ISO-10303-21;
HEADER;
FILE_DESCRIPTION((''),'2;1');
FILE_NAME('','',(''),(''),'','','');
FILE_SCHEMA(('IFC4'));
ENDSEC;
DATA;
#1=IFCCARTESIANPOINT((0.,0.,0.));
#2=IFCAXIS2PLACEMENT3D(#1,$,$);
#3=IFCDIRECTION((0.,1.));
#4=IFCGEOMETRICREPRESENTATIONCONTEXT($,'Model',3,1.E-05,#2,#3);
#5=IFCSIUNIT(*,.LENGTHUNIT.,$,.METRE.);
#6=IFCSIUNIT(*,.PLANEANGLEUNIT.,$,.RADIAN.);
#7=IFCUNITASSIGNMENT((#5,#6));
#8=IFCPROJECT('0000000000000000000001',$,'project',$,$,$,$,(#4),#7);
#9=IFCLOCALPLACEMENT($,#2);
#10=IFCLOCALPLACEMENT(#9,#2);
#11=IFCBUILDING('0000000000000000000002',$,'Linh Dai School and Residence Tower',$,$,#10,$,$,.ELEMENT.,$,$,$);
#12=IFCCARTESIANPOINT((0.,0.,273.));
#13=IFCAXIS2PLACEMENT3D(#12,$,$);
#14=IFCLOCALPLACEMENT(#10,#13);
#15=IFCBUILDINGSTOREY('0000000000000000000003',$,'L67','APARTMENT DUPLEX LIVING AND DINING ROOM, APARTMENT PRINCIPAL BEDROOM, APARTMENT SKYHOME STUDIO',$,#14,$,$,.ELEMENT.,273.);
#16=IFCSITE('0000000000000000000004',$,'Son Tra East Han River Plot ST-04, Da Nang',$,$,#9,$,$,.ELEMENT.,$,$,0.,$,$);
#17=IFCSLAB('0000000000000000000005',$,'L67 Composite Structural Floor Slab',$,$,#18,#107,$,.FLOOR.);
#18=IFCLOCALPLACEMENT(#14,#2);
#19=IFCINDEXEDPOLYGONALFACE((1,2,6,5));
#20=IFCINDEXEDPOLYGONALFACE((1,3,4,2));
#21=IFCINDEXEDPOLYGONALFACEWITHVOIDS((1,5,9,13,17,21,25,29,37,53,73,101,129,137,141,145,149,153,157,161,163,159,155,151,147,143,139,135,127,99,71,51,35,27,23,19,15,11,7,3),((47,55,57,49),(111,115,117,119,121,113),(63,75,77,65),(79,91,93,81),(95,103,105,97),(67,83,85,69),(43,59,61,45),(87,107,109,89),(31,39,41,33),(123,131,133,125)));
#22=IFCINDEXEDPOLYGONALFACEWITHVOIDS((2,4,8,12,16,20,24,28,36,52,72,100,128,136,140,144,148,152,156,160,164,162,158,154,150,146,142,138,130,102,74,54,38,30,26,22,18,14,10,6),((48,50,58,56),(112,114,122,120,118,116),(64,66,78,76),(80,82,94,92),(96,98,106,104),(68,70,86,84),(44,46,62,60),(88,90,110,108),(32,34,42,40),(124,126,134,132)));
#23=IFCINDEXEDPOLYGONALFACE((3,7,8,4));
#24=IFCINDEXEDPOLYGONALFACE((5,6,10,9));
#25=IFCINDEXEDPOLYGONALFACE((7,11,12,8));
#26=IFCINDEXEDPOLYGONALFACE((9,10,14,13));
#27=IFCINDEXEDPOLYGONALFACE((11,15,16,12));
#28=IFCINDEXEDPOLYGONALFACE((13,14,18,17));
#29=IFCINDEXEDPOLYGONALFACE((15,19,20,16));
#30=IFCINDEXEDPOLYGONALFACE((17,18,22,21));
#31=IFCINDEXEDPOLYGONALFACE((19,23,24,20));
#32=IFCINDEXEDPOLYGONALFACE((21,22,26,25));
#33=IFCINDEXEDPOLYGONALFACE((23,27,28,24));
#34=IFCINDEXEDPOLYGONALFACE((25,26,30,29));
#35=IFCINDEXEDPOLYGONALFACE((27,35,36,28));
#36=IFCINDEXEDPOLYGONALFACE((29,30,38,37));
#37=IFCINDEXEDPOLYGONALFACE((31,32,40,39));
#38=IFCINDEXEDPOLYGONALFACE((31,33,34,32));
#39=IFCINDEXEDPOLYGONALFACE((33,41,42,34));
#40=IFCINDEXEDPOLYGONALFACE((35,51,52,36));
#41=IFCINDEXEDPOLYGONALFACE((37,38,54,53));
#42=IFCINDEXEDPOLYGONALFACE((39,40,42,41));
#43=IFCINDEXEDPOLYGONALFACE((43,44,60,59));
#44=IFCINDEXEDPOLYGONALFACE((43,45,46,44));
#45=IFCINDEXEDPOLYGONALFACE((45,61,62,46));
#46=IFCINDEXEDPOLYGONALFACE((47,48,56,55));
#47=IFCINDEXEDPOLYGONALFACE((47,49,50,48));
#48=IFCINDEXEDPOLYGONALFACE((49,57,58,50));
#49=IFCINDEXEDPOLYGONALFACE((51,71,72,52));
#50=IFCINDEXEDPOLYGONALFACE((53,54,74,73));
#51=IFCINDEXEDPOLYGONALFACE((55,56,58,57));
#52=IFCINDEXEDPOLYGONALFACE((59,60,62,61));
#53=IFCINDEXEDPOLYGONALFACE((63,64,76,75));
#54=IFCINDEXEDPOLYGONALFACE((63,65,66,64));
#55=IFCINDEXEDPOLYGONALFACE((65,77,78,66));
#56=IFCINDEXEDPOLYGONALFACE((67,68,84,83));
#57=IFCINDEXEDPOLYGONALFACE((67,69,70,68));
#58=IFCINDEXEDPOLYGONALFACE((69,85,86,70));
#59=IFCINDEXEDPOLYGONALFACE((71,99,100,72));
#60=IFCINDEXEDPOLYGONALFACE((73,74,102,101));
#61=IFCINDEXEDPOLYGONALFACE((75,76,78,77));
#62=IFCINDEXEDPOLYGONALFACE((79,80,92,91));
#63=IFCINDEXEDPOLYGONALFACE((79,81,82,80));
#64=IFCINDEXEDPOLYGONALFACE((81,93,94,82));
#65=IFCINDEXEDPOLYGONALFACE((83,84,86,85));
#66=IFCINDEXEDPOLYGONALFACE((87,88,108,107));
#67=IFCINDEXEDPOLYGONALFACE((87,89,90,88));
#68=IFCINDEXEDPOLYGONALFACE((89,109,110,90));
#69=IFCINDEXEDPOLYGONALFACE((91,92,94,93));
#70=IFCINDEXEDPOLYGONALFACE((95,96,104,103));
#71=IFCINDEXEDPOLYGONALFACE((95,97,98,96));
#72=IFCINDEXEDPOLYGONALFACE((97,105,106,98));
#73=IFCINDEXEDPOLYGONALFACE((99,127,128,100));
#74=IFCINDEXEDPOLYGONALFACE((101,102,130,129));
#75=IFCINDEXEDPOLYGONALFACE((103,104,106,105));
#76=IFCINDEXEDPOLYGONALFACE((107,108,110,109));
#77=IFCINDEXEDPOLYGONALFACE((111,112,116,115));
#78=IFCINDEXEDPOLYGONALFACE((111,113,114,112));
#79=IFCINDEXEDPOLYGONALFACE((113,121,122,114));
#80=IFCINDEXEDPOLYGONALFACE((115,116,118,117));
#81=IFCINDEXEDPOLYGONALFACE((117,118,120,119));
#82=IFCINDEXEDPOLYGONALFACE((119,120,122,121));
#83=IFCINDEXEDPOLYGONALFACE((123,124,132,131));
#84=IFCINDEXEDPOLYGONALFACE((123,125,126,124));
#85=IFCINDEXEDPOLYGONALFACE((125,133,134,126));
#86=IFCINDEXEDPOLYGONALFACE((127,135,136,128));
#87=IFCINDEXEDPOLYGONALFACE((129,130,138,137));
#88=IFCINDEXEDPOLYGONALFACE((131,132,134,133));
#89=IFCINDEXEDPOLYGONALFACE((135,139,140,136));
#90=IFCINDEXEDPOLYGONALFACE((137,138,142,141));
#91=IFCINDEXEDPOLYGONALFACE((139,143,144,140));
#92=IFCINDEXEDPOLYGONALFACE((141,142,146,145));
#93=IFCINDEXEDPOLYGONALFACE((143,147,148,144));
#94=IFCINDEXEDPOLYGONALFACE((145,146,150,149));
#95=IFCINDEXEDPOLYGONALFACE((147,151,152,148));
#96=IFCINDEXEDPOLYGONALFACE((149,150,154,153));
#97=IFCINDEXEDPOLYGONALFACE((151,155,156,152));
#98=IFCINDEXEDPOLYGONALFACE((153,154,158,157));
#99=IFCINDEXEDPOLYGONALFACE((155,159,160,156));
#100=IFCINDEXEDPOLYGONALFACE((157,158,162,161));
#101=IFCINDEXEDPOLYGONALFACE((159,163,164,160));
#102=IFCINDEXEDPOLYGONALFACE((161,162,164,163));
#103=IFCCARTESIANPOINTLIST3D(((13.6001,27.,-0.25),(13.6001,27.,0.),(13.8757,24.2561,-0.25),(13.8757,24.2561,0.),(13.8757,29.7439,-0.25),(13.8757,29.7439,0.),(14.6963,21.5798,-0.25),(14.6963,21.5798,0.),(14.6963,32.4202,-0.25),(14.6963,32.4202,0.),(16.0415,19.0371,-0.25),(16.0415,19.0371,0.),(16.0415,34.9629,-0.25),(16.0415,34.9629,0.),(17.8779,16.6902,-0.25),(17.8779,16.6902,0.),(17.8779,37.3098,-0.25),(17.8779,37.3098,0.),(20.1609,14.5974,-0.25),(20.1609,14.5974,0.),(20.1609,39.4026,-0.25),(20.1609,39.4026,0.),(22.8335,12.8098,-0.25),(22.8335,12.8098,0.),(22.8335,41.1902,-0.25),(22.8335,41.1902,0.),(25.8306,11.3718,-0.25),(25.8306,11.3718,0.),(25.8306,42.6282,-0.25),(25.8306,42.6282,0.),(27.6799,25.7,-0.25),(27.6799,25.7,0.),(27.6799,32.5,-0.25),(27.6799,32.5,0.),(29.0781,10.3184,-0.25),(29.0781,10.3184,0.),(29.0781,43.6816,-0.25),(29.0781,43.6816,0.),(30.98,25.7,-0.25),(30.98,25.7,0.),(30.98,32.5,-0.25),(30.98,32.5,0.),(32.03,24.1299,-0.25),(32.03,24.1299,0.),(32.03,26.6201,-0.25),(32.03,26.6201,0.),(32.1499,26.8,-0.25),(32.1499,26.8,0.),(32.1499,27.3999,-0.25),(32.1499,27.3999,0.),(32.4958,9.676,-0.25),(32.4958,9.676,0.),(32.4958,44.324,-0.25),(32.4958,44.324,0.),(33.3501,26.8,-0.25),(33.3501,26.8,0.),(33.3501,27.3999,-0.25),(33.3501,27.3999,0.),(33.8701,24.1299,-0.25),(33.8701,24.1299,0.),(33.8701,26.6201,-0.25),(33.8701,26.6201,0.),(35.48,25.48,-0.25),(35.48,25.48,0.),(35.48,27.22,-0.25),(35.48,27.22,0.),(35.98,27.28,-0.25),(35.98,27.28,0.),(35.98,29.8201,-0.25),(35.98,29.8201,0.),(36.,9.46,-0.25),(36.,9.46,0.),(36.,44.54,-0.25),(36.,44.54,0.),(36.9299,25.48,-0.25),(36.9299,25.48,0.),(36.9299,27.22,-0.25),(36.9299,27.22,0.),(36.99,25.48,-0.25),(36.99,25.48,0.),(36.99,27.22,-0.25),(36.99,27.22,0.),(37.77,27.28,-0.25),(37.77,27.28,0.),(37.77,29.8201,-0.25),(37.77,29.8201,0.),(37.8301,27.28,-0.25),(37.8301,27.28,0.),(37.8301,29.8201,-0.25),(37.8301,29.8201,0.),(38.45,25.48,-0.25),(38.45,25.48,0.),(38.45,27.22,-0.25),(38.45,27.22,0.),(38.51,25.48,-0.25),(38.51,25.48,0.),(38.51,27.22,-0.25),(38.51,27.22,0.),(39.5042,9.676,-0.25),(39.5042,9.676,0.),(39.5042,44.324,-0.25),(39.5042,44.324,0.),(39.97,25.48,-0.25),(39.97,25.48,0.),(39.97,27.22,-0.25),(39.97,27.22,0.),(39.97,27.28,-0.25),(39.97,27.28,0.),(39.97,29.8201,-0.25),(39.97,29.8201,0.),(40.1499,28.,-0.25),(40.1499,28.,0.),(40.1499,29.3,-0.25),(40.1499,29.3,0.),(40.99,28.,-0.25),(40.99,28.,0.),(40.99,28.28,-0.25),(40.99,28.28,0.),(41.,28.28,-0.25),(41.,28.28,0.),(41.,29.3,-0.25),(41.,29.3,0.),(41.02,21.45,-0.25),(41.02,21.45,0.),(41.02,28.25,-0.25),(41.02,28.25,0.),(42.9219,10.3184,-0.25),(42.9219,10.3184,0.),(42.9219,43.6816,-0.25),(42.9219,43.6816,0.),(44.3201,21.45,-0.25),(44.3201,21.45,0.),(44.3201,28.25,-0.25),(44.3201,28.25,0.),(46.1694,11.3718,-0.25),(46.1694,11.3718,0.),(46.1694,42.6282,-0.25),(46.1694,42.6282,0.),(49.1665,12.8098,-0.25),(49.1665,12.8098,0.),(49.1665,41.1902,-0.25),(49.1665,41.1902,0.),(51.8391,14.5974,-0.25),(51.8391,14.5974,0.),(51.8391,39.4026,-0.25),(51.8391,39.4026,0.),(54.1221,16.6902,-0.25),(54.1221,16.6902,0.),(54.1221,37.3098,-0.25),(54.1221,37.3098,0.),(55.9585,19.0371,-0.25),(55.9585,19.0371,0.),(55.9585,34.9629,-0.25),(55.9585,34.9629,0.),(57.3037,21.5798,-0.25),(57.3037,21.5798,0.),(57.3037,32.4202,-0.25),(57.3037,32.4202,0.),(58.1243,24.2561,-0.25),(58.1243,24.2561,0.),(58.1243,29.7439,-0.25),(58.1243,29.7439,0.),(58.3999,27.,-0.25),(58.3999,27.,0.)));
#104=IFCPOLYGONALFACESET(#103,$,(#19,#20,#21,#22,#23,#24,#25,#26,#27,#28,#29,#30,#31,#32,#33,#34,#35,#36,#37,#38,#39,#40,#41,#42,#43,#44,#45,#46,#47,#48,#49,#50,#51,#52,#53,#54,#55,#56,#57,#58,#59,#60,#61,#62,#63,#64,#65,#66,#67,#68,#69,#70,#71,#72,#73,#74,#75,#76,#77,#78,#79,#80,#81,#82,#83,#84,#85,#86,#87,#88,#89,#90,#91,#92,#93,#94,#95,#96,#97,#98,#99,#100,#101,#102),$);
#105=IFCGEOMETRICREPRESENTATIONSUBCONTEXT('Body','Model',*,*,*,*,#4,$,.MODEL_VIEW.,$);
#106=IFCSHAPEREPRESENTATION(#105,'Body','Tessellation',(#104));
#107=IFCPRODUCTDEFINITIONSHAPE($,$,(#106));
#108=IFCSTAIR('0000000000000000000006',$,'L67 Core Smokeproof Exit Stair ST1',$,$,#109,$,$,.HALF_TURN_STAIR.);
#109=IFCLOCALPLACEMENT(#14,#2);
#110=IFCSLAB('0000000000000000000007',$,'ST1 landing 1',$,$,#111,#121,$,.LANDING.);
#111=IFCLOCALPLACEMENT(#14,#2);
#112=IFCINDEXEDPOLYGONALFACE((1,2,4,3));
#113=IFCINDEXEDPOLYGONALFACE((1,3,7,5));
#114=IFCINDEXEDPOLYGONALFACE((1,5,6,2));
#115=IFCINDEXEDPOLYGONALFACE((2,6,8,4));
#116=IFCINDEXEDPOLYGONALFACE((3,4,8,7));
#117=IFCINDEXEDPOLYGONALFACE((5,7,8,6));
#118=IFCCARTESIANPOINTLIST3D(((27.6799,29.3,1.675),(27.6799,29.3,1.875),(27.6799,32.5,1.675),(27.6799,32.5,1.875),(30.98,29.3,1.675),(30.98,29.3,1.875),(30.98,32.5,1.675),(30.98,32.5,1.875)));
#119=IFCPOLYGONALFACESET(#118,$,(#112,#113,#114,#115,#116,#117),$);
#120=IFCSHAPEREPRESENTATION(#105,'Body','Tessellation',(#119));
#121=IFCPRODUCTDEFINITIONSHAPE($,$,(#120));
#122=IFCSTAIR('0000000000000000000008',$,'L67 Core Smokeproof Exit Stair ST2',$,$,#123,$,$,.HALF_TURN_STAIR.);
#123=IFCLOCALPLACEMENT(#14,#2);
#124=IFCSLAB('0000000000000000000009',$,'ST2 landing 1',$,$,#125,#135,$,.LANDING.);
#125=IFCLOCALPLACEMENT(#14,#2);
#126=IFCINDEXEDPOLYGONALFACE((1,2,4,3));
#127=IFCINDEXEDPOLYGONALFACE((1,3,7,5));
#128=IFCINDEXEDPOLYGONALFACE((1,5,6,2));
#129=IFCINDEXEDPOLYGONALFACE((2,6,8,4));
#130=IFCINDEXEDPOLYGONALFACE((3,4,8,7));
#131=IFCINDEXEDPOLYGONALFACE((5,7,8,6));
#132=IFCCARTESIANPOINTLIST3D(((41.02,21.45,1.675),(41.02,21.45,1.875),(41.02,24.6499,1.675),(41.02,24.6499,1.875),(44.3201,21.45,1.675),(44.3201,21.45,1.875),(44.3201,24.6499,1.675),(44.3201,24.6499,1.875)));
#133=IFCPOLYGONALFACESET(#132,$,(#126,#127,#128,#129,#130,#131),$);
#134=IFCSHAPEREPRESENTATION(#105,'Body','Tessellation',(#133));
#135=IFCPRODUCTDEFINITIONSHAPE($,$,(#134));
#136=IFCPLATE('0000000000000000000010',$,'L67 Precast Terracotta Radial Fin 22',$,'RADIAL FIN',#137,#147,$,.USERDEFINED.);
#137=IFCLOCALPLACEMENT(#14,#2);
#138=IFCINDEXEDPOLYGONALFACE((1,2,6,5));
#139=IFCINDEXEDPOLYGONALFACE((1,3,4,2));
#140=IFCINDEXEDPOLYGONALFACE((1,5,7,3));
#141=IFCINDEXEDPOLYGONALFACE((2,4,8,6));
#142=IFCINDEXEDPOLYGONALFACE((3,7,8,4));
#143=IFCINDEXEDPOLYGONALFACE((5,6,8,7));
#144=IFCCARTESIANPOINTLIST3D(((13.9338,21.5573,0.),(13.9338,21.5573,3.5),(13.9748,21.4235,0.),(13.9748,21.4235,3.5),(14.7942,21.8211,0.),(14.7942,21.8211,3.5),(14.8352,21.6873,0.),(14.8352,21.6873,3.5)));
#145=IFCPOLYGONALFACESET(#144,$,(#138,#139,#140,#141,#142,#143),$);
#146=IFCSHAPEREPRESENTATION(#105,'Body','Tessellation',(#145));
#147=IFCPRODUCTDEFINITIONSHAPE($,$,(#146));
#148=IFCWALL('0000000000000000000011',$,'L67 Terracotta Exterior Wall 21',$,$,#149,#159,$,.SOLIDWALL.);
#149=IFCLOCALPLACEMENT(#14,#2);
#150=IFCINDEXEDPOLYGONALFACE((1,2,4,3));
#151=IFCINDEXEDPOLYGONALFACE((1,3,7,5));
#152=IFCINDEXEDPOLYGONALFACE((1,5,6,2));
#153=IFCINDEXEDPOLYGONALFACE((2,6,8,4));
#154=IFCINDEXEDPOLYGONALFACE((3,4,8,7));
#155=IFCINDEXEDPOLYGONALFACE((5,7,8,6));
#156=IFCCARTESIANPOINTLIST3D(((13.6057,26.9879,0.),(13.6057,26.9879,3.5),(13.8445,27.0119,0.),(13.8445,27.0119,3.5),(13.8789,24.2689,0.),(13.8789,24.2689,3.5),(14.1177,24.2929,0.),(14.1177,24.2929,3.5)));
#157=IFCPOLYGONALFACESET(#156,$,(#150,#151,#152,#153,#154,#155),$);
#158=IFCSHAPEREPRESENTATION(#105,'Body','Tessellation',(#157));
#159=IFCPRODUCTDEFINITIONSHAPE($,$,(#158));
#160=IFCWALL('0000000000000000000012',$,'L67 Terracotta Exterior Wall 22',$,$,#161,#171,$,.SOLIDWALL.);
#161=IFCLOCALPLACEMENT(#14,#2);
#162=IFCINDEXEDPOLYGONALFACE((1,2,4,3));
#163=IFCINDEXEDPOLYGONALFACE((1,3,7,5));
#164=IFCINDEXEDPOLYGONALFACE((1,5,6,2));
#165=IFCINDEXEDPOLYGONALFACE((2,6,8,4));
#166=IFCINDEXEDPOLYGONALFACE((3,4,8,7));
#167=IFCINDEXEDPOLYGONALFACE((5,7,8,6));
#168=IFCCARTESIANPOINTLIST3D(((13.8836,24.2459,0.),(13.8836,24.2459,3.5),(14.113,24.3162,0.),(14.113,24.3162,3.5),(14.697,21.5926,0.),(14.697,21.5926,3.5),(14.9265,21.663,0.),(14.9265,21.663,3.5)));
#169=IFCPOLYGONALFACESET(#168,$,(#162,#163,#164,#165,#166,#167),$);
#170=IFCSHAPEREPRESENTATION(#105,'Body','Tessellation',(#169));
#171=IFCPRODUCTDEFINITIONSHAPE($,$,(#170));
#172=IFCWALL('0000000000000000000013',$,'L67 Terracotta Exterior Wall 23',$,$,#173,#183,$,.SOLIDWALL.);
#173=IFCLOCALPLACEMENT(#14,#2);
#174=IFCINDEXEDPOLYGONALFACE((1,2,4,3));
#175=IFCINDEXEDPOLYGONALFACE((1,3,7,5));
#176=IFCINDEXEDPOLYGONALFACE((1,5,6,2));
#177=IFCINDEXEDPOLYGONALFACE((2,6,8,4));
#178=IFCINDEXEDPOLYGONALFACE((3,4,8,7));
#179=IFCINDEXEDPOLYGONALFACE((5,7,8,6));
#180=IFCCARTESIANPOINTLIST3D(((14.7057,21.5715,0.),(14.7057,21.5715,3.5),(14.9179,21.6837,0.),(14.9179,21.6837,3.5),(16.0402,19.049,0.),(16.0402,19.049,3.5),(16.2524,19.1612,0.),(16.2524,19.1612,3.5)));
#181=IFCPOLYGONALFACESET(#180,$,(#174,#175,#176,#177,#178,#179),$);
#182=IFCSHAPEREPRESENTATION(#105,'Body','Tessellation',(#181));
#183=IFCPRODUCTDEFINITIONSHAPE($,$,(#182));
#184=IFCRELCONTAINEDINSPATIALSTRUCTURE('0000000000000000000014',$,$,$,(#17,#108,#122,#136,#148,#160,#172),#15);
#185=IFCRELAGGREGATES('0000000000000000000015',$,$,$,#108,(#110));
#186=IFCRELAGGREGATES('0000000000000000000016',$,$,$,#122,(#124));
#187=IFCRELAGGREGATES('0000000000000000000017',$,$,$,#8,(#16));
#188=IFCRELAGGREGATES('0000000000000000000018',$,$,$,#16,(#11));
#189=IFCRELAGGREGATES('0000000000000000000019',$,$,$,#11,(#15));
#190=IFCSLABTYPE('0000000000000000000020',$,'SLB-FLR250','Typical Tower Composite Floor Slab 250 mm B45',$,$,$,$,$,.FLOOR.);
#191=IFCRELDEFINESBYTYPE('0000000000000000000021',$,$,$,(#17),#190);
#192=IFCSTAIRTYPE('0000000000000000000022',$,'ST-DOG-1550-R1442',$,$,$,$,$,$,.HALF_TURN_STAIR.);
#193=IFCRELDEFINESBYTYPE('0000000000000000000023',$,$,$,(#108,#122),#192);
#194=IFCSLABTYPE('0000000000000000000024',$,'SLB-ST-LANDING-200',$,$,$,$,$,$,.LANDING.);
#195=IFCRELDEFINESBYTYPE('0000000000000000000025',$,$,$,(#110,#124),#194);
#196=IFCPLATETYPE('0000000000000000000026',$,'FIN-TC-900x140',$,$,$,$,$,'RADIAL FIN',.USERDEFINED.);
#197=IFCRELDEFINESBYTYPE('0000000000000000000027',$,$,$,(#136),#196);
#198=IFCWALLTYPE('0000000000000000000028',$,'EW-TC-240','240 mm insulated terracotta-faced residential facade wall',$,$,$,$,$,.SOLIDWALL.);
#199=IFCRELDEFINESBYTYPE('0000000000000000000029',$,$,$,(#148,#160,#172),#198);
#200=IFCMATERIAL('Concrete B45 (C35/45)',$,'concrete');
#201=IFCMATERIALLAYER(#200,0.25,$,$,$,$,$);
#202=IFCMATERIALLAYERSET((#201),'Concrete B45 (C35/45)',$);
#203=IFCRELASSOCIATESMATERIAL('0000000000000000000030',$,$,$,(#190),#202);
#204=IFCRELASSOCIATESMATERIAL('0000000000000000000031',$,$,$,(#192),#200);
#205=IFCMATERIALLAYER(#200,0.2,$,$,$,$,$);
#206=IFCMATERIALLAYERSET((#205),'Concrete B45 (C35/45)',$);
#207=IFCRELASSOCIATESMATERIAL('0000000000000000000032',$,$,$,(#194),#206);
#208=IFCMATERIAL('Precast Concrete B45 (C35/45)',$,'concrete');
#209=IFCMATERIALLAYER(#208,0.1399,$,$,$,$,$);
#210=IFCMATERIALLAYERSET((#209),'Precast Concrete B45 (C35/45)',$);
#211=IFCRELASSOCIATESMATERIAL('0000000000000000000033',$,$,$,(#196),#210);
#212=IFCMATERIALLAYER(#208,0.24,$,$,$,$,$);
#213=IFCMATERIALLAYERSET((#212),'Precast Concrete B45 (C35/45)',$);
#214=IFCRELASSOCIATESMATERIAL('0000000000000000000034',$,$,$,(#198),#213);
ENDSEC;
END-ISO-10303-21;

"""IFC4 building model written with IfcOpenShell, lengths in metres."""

from ifc_helpers import new_model, si_unit, direction, frame, frame_2d, origin, origin_2d, place, context, subcontext, project, spatial, polyline, rectangle, outline, extrude, source, transform, mapped, material, layer, layer_set, type_object, element, aggregate, save


model = new_model("IFC4")

# Units and contexts
model_context = context("Model", 3, precision=1e-05, world=origin(), true_north=direction((0.0, 1.0)))
body_context = subcontext(model_context, "Body", "Model", "MODEL_VIEW")
ifc_project = project(units=[si_unit("LENGTHUNIT", "METRE"), si_unit("PLANEANGLEUNIT", "RADIAN")], contexts=[model_context])

# Site, building, storey
site_placement = place(None, origin())
site = spatial("IfcSite", under=ifc_project, at=site_placement, Name="Son Tra East Han River Plot ST-04, Da Nang", CompositionType="ELEMENT", RefElevation=0.0)
building_placement = place(site_placement, origin())
building = spatial("IfcBuilding", under=site, at=building_placement, Name="Linh Dai School and Residence Tower", CompositionType="ELEMENT")
storey_placement = place(building_placement, frame((0.0, 0.0, 273.0)))
storey = spatial("IfcBuildingStorey", under=building, at=storey_placement, Name="L67", Description="APARTMENT DUPLEX LIVING AND DINING ROOM, APARTMENT PRINCIPAL BEDROOM, APARTMENT SKYHOME STUDIO", CompositionType="ELEMENT", Elevation=273.0)

# Slab
ifc_material_1 = material(Name="Concrete B45 (C35/45)", Category="concrete")
ifc_layer_1 = layer(ifc_material_1, 0.25)
ifc_layer_set_1 = layer_set([ifc_layer_1], Name="Concrete B45 (C35/45)")
slab_type_1 = type_object("IfcSlabType", Name="SLB-FLR250", Description="Typical Tower Composite Floor Slab 250 mm B45", PredefinedType="FLOOR", material=ifc_layer_set_1)
slab_1_placement = place(storey_placement, frame((0.0, 0.0, -0.25)))
element("IfcSlab", 1, at=slab_1_placement, inside=storey, type_object=slab_type_1, Name="L67 Composite Structural Floor Slab", PredefinedType="FLOOR", context=body_context, shape_type="SweptSolid", body=[
    extrude(outline(polyline([(58.3999, 27.0), (58.1243, 29.7439), (57.3037, 32.4202), (55.9585, 34.9629), (54.1221, 37.3098), (51.8391, 39.4026), (49.1665, 41.1902), (46.1694, 42.6282), (42.9219, 43.6816), (39.5042, 44.324), (36.0, 44.54), (32.4958, 44.324), (29.0781, 43.6816), (25.8306, 42.6282), (22.8335, 41.1902), (20.1609, 39.4026), (17.8779, 37.3098), (16.0415, 34.9629), (14.6963, 32.4202), (13.8757, 29.7439), (13.6001, 27.0), (13.8757, 24.2561), (14.6963, 21.5798), (16.0415, 19.0371), (17.8779, 16.6902), (20.1609, 14.5974), (22.8335, 12.8098), (25.8306, 11.3718), (29.0781, 10.3184), (32.4958, 9.676), (36.0, 9.46), (39.5042, 9.676), (42.9219, 10.3184), (46.1694, 11.3718), (49.1665, 12.8098), (51.8391, 14.5974), (54.1221, 16.6902), (55.9585, 19.0371), (57.3037, 21.5798), (58.1243, 24.2561), (58.3999, 27.0)]), holes=[polyline([(30.98, 25.7), (30.98, 32.5), (27.6799, 32.5), (27.6799, 25.7), (30.98, 25.7)]), polyline([(41.02, 28.25), (41.02, 21.45), (44.3201, 21.45), (44.3201, 28.25), (41.02, 28.25)]), polyline([(35.98, 27.28), (37.77, 27.28), (37.77, 29.8201), (35.98, 29.8201), (35.98, 27.28)]), polyline([(32.03, 24.1299), (33.8701, 24.1299), (33.8701, 26.6201), (32.03, 26.6201), (32.03, 24.1299)]), polyline([(37.8301, 27.28), (39.97, 27.28), (39.97, 29.8201), (37.8301, 29.8201), (37.8301, 27.28)]), polyline([(35.48, 25.48), (36.9299, 25.48), (36.9299, 27.22), (35.48, 27.22), (35.48, 25.48)]), polyline([(36.99, 25.48), (38.45, 25.48), (38.45, 27.22), (36.99, 27.22), (36.99, 25.48)]), polyline([(38.51, 25.48), (39.97, 25.48), (39.97, 27.22), (38.51, 27.22), (38.51, 25.48)]), polyline([(40.1499, 28.0), (40.1499, 29.3), (41.0, 29.3), (41.0, 28.28), (40.99, 28.28), (40.99, 28.0), (40.1499, 28.0)]), polyline([(32.1499, 26.8), (33.3501, 26.8), (33.3501, 27.3999), (32.1499, 27.3999), (32.1499, 26.8)])]), origin(), (0.0, 0.0, 1.0), 0.25),
])

# Stairs, slabs
stair_type = type_object("IfcStairType", Name="ST-DOG-1550-R1442", PredefinedType="HALF_TURN_STAIR", material=ifc_material_1)
stair_1_placement = place(storey_placement, origin())
stair_1 = element("IfcStair", 2, at=stair_1_placement, inside=storey, type_object=stair_type, Name="L67 Core Smokeproof Exit Stair ST1", PredefinedType="HALF_TURN_STAIR")
ifc_layer_2 = layer(ifc_material_1, 0.2)
ifc_layer_set_2 = layer_set([ifc_layer_2], Name="Concrete B45 (C35/45)")
slab_type_2 = type_object("IfcSlabType", Name="SLB-ST-LANDING-200", PredefinedType="LANDING", material=ifc_layer_set_2)
slab_2_placement = place(storey_placement, frame((0.0, 0.0, 1.675)))
slab_2 = element("IfcSlab", 3, at=slab_2_placement, type_object=slab_type_2, Name="ST1 landing 1", PredefinedType="LANDING", context=body_context, shape_type="SweptSolid", body=[
    extrude(outline(polyline([(30.98, 29.3), (30.98, 32.5), (27.6799, 32.5), (27.6799, 29.3), (30.98, 29.3)])), origin(), (0.0, 0.0, 1.0), 0.2),
])
aggregate(stair_1, [slab_2])
stair_2_placement = place(storey_placement, origin())
stair_2 = element("IfcStair", 4, at=stair_2_placement, inside=storey, type_object=stair_type, Name="L67 Core Smokeproof Exit Stair ST2", PredefinedType="HALF_TURN_STAIR")
slab_3_placement = place(storey_placement, frame((0.0, 0.0, 1.675)))
slab_3 = element("IfcSlab", 5, at=slab_3_placement, type_object=slab_type_2, Name="ST2 landing 1", PredefinedType="LANDING", context=body_context, shape_type="SweptSolid", body=[
    extrude(outline(polyline([(41.02, 24.6499), (41.02, 21.45), (44.3201, 21.45), (44.3201, 24.6499), (41.02, 24.6499)])), origin(), (0.0, 0.0, 1.0), 0.2),
])
aggregate(stair_2, [slab_3])

# Plate
ifc_material_2 = material(Name="Precast Concrete B45 (C35/45)", Category="concrete")
ifc_layer_3 = layer(ifc_material_2, 0.1399)
ifc_layer_set_3 = layer_set([ifc_layer_3], Name="Precast Concrete B45 (C35/45)")
plate_type = type_object("IfcPlateType", Name="FIN-TC-900x140", ElementType="RADIAL FIN", PredefinedType="USERDEFINED", material=ifc_layer_set_3)
shared_shape_1 = source(origin(), body_context, "Body", "SweptSolid", [
    extrude(rectangle(XDim=0.8999, YDim=0.1399, at=origin_2d()), origin(), (0.0, 0.0, 1.0), 3.5),
])
plate_placement = place(storey_placement, frame((14.3845, 21.6223, 0.0), z_axis=(0.0, 0.0, 1.0), x_axis=(-0.956069, -0.293141, 0.0)))
element("IfcPlate", 6, at=plate_placement, inside=storey, type_object=plate_type, Name="L67 Precast Terracotta Radial Fin 22", ObjectType="RADIAL FIN", PredefinedType="USERDEFINED", context=body_context, shape_type="MappedRepresentation", body=[
    mapped(shared_shape_1, transform((0.0, 0.0, 0.0), x_axis=(1.0, 0.0, 0.0), y_axis=(0.0, 1.0, 0.0), z_axis=(0.0, 0.0, 1.0), scale=1.0)),
])

# Walls
ifc_layer_4 = layer(ifc_material_2, 0.24)
ifc_layer_set_4 = layer_set([ifc_layer_4], Name="Precast Concrete B45 (C35/45)")
wall_type_1 = type_object("IfcWallType", Name="EW-TC-240", Description="240 mm insulated terracotta-faced residential facade wall", PredefinedType="SOLIDWALL", material=ifc_layer_set_4)
wall_1_placement = place(storey_placement, frame((13.9983, 24.281, 0.0), z_axis=(0.0, 0.0, 1.0), x_axis=(-0.099973, 0.99499, 0.0)))
element("IfcWall", 7, at=wall_1_placement, inside=storey, type_object=wall_type_1, Name="L67 Terracotta Exterior Wall 21", PredefinedType="SOLIDWALL", context=body_context, shape_type="SweptSolid", body=[
    extrude(rectangle(XDim=2.7327, YDim=0.24, at=frame_2d((1.3662, 0.0))), origin(), (0.0, 0.0, 1.0), 3.5),
])
wall_2_placement = place(storey_placement, frame((14.8118, 21.6277, 0.0), z_axis=(0.0, 0.0, 1.0), x_axis=(-0.293121, 0.956075, 0.0)))
element("IfcWall", 8, at=wall_2_placement, inside=storey, type_object=wall_type_1, Name="L67 Terracotta Exterior Wall 22", PredefinedType="SOLIDWALL", context=body_context, shape_type="SweptSolid", body=[
    extrude(rectangle(XDim=2.7751, YDim=0.24, at=frame_2d((1.3877, 0.0))), origin(), (0.0, 0.0, 1.0), 3.5),
])
wall_3_placement = place(storey_placement, frame((16.1462, 19.1052, 0.0), z_axis=(0.0, 0.0, 1.0), x_axis=(-0.467628, 0.883925, 0.0)))
element("IfcWall", 9, at=wall_3_placement, inside=storey, type_object=wall_type_1, Name="L67 Terracotta Exterior Wall 23", PredefinedType="SOLIDWALL", context=body_context, shape_type="SweptSolid", body=[
    extrude(rectangle(XDim=2.8538, YDim=0.24, at=frame_2d((1.4268, 0.0))), origin(), (0.0, 0.0, 1.0), 3.5),
])

save(model, "model.ifc")
